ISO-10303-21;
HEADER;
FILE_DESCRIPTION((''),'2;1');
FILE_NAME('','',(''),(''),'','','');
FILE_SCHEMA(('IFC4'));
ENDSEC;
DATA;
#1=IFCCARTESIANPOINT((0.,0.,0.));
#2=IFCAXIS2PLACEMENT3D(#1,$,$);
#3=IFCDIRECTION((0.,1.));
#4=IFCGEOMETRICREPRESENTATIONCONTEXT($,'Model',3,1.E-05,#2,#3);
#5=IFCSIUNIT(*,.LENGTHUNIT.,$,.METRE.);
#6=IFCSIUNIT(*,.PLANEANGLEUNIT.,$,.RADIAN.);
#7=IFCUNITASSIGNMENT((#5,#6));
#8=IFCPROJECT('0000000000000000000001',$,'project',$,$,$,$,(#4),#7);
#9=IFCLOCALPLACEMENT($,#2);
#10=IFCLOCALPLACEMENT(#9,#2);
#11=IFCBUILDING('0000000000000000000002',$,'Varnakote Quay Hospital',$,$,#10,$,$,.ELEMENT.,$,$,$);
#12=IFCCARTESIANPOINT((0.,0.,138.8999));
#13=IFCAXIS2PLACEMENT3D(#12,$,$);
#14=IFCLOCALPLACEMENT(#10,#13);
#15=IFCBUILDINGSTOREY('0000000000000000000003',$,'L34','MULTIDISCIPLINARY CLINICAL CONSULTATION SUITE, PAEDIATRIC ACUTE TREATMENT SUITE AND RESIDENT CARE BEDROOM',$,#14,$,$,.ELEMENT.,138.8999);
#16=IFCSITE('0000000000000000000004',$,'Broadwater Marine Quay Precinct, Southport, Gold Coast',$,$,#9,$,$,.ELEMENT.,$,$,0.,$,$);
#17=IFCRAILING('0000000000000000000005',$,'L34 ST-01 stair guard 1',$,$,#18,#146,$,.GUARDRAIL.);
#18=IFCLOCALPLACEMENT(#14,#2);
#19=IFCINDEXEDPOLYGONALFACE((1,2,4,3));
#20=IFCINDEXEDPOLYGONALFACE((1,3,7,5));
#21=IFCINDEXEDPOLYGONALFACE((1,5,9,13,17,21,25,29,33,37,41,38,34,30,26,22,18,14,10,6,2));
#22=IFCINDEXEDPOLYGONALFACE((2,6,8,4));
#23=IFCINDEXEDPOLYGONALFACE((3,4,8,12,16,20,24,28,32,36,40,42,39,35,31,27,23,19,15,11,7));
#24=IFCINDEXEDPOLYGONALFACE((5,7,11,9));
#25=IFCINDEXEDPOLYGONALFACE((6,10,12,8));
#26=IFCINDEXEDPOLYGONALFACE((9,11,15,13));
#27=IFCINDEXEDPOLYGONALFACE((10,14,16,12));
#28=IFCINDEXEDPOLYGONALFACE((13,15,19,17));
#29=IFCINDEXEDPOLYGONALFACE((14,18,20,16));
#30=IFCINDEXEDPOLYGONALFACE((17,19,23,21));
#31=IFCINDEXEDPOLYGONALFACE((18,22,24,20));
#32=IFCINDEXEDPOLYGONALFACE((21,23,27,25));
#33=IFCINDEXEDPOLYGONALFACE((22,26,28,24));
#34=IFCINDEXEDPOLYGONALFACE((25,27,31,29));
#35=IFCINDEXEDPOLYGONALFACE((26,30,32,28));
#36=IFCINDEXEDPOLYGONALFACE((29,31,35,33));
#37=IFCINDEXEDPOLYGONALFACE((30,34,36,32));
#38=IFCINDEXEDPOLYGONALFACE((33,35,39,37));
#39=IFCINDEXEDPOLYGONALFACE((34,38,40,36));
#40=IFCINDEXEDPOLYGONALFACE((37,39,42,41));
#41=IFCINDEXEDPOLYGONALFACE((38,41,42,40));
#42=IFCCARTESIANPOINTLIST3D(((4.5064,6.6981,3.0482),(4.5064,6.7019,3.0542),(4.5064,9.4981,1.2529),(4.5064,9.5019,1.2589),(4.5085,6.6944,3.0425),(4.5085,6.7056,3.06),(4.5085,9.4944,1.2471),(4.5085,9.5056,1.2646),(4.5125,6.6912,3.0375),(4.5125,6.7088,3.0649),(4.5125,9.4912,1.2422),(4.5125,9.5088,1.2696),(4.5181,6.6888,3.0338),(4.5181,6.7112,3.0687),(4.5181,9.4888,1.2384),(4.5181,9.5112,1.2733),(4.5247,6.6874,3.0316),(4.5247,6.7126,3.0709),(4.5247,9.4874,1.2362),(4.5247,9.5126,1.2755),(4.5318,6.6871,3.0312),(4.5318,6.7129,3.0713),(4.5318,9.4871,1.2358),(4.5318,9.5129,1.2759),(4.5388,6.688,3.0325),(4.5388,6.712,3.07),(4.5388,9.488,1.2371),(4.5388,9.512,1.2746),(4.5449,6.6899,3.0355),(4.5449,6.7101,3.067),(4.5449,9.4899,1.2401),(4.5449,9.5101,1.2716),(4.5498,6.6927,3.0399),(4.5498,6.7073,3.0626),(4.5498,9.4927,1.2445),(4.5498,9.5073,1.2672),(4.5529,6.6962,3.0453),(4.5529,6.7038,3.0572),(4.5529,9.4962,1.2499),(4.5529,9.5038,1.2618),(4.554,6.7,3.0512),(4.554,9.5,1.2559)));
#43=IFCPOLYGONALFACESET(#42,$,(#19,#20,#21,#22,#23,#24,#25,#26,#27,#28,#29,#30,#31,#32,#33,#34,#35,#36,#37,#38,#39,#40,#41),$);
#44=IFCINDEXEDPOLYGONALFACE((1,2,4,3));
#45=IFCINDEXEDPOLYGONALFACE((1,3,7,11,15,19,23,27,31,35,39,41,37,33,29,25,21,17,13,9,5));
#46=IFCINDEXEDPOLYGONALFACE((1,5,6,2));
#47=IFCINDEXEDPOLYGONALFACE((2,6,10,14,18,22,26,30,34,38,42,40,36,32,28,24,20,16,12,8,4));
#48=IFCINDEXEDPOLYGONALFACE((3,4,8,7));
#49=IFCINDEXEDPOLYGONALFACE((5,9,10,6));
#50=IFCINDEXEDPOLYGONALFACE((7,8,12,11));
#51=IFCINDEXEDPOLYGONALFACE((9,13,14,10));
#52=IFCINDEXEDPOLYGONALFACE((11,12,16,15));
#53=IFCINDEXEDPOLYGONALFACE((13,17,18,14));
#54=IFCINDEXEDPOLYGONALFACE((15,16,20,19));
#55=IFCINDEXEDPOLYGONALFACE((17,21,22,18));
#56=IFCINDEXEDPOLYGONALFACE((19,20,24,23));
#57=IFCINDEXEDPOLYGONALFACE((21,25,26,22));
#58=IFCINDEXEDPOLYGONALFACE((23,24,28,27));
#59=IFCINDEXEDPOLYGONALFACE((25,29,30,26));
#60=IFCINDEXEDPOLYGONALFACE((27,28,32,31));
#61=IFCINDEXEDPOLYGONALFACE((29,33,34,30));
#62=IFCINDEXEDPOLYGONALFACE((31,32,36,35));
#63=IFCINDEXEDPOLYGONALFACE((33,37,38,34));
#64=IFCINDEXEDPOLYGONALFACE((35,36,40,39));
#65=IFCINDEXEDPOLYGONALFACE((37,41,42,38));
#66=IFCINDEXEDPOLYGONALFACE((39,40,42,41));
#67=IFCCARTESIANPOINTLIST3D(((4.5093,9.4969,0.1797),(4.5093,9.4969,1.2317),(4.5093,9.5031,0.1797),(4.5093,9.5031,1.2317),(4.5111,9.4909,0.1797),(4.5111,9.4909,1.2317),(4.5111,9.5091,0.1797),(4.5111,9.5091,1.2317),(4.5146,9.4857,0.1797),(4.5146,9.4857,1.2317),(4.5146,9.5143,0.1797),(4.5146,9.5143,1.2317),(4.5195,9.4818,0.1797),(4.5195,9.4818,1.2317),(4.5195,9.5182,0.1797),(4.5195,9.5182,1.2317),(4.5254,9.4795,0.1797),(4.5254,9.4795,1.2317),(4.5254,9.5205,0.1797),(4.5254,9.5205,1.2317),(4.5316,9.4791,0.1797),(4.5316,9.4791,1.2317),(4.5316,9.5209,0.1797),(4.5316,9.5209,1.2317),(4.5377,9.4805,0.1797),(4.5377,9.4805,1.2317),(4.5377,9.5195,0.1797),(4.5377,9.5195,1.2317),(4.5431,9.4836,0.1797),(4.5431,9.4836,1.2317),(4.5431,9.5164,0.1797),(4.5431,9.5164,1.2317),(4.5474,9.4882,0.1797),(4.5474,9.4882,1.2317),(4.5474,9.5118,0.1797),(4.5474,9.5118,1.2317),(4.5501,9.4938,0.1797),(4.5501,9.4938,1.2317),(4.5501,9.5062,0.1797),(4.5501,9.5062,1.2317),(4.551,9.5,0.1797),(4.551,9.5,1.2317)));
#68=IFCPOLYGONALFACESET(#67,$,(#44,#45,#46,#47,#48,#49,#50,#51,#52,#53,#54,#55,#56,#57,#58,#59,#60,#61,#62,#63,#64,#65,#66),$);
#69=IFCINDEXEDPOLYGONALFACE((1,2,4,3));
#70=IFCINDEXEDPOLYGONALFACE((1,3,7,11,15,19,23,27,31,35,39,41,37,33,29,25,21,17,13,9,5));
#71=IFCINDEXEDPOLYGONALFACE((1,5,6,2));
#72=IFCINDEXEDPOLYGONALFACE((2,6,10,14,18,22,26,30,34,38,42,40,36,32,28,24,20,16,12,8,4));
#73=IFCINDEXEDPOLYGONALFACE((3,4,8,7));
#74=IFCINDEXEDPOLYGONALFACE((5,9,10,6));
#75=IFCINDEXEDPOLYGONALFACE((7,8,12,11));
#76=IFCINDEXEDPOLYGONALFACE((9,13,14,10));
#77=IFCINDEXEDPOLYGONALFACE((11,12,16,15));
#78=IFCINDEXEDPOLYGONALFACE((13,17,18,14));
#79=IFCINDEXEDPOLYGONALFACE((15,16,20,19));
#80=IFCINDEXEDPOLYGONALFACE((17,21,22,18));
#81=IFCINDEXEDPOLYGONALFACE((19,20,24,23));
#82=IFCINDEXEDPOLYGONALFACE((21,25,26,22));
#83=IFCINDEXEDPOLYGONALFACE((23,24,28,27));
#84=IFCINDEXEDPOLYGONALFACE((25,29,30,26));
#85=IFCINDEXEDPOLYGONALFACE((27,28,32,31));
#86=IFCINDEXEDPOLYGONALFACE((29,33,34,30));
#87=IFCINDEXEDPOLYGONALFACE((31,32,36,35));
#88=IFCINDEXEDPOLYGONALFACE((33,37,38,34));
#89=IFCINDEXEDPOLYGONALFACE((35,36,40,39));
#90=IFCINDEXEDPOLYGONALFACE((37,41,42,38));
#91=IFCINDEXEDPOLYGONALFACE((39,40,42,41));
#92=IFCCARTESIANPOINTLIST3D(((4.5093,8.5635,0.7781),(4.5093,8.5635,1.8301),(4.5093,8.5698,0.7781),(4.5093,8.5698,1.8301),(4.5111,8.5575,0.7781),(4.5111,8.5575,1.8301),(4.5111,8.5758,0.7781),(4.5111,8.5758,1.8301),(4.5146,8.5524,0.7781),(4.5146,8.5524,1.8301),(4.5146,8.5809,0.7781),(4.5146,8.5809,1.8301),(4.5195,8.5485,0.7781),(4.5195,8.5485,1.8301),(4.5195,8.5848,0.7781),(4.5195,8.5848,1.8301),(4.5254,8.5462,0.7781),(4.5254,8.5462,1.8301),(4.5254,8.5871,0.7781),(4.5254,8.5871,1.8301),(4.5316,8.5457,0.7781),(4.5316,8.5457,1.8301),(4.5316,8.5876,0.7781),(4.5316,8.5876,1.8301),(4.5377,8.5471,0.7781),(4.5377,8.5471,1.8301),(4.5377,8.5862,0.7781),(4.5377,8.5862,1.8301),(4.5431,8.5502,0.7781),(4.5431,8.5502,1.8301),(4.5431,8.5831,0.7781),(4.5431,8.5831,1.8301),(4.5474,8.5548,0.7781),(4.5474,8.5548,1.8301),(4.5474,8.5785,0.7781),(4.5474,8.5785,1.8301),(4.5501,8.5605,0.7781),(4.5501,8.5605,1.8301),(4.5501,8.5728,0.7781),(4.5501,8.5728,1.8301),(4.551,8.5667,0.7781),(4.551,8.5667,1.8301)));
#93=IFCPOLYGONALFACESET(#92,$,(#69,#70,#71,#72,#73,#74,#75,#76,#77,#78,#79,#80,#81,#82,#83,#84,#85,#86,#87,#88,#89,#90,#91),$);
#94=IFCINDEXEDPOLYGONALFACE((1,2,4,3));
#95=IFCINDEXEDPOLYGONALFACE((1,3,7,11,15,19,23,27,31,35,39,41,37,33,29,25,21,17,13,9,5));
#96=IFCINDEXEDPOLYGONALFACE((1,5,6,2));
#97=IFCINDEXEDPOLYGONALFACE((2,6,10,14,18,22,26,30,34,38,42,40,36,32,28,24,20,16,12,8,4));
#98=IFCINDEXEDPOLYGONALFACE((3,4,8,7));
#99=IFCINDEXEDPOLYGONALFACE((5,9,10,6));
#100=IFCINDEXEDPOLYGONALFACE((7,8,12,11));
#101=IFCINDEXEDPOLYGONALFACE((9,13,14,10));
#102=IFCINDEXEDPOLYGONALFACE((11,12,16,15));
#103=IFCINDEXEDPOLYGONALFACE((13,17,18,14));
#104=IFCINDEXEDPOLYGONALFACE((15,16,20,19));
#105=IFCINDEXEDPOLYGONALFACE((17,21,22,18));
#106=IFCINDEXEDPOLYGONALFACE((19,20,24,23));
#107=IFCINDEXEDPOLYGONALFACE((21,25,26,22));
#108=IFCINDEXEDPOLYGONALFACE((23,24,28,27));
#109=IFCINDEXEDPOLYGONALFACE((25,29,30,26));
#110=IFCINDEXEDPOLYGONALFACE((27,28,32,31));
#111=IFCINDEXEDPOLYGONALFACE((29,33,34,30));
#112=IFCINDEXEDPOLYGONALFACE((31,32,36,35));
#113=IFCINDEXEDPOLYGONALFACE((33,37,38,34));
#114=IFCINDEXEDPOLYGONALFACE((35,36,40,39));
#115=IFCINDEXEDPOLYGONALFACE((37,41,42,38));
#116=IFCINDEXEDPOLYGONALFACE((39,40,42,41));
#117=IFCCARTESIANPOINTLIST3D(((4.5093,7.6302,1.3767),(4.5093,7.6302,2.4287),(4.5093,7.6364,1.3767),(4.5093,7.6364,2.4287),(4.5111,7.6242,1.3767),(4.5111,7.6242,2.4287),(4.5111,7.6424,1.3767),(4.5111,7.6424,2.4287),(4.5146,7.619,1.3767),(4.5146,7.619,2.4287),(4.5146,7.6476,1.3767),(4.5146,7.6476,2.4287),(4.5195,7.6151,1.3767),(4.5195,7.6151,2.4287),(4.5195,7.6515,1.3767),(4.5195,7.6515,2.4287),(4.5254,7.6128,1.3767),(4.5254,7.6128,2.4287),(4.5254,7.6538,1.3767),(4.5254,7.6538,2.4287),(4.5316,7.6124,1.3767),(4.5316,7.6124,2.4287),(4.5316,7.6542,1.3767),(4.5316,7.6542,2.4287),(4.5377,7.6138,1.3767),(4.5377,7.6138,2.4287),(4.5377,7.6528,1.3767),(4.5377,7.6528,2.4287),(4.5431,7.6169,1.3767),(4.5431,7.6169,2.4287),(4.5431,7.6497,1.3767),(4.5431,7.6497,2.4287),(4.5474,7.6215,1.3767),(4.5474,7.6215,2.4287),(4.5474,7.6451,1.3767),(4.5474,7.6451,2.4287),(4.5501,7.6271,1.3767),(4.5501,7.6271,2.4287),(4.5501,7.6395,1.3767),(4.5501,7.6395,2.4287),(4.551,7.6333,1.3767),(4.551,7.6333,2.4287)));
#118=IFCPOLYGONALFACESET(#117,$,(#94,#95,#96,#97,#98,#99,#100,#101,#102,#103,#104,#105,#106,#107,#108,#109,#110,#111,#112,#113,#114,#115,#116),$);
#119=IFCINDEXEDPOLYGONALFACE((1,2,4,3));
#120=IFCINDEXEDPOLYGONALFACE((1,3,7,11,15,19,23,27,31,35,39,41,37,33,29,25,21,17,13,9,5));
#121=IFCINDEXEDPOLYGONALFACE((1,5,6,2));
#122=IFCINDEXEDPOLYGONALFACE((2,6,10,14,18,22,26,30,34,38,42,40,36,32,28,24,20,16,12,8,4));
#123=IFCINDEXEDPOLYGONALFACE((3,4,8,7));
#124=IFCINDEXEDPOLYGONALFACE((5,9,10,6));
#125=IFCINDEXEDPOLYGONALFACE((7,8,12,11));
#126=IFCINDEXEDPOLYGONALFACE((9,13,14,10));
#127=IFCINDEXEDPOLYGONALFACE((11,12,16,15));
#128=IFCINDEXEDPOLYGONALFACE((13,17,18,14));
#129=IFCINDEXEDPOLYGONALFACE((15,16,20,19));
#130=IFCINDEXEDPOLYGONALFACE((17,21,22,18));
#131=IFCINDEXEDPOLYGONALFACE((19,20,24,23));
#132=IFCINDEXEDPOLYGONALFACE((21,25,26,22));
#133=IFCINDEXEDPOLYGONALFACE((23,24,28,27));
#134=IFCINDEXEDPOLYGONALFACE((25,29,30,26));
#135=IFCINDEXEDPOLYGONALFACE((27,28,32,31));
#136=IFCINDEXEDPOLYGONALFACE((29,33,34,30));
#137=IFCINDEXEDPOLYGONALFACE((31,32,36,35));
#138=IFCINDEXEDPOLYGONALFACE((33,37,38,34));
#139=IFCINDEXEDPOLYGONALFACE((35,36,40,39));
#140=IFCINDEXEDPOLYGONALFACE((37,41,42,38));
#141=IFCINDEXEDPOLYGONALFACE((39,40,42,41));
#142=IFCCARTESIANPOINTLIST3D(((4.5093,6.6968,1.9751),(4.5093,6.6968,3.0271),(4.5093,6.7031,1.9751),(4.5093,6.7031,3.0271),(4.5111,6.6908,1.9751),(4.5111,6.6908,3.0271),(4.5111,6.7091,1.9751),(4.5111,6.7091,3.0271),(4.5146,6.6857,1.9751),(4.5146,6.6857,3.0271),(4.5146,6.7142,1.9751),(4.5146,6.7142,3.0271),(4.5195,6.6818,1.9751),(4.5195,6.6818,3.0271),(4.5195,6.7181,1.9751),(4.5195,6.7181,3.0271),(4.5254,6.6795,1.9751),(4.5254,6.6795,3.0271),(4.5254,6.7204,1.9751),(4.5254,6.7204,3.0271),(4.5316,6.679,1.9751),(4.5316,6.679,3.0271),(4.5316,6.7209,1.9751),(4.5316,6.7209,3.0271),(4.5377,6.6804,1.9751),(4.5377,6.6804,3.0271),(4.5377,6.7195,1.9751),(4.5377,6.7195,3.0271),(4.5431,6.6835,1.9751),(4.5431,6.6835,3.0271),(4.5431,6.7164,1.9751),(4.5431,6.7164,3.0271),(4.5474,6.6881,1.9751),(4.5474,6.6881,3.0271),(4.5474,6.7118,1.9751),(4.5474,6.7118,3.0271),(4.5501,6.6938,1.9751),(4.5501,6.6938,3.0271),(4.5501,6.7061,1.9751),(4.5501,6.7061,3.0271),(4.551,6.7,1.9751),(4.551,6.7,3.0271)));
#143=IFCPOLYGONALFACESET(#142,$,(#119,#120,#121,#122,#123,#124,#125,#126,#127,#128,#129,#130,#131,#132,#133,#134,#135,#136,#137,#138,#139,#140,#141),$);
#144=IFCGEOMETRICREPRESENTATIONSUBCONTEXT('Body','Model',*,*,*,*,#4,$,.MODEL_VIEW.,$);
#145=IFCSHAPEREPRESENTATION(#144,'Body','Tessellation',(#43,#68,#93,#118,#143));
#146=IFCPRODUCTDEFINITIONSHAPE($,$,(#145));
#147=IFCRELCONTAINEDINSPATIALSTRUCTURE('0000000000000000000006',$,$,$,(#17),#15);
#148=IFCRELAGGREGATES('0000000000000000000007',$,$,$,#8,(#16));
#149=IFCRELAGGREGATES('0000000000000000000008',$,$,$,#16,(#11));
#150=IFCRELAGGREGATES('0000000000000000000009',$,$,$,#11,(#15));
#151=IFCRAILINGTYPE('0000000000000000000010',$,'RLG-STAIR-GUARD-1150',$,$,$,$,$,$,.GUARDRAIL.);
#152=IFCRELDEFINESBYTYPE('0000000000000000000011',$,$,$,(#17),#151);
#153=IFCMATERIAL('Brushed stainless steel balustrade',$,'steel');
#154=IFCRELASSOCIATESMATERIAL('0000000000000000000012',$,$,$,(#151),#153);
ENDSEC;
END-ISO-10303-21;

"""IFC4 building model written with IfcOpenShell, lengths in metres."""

from ifc_helpers import new_model, si_unit, direction, frame, origin, origin_2d, place, context, subcontext, project, spatial, circle, extrude, material, type_object, element, save


model = new_model("IFC4")

# Units and contexts
model_context = context("Model", 3, precision=1e-05, world=origin(), true_north=direction((0.0, 1.0)))
body_context = subcontext(model_context, "Body", "Model", "MODEL_VIEW")
ifc_project = project(units=[si_unit("LENGTHUNIT", "METRE"), si_unit("PLANEANGLEUNIT", "RADIAN")], contexts=[model_context])

# Site, building, storey
site_placement = place(None, origin())
site = spatial("IfcSite", under=ifc_project, at=site_placement, Name="Broadwater Marine Quay Precinct, Southport, Gold Coast", CompositionType="ELEMENT", RefElevation=0.0)
building_placement = place(site_placement, origin())
building = spatial("IfcBuilding", under=site, at=building_placement, Name="Varnakote Quay Hospital", CompositionType="ELEMENT")
storey_placement = place(building_placement, frame((0.0, 0.0, 138.8999)))
storey = spatial("IfcBuildingStorey", under=building, at=storey_placement, Name="L34", Description="MULTIDISCIPLINARY CLINICAL CONSULTATION SUITE, PAEDIATRIC ACUTE TREATMENT SUITE AND RESIDENT CARE BEDROOM", CompositionType="ELEMENT", Elevation=138.8999)

# Railing
ifc_material_1 = material(Name="Brushed stainless steel balustrade", Category="steel")
railing_type_1 = type_object("IfcRailingType", Name="RLG-STAIR-GUARD-1150", PredefinedType="GUARDRAIL", material=ifc_material_1)
railing_1_placement = place(storey_placement, frame((4.53, 9.5, 0.1797)))
element("IfcRailing", 1, at=railing_1_placement, inside=storey, type_object=railing_type_1, Name="L34 ST-01 stair guard 1", PredefinedType="GUARDRAIL", context=body_context, shape_type="SweptSolid", body=[
    extrude(circle(Radius=0.0239, at=origin_2d()), frame((0.0, 0.0, 1.0762), z_axis=(0.0, -0.84181, 0.539774), x_axis=(1.0, 0.0, 0.0)), (0.0, 0.0, 1.0), 3.3262),
    extrude(circle(Radius=0.021, at=origin_2d()), origin(), (0.0, 0.0, 1.0), 1.052),
    extrude(circle(Radius=0.021, at=origin_2d()), frame((0.0, -0.9333, 0.5984)), (0.0, 0.0, 1.0), 1.052),
    extrude(circle(Radius=0.021, at=origin_2d()), frame((0.0, -1.8667, 1.197)), (0.0, 0.0, 1.0), 1.052),
    extrude(circle(Radius=0.021, at=origin_2d()), frame((0.0, -2.8, 1.7954)), (0.0, 0.0, 1.0), 1.052),
])

save(model, "model.ifc")
